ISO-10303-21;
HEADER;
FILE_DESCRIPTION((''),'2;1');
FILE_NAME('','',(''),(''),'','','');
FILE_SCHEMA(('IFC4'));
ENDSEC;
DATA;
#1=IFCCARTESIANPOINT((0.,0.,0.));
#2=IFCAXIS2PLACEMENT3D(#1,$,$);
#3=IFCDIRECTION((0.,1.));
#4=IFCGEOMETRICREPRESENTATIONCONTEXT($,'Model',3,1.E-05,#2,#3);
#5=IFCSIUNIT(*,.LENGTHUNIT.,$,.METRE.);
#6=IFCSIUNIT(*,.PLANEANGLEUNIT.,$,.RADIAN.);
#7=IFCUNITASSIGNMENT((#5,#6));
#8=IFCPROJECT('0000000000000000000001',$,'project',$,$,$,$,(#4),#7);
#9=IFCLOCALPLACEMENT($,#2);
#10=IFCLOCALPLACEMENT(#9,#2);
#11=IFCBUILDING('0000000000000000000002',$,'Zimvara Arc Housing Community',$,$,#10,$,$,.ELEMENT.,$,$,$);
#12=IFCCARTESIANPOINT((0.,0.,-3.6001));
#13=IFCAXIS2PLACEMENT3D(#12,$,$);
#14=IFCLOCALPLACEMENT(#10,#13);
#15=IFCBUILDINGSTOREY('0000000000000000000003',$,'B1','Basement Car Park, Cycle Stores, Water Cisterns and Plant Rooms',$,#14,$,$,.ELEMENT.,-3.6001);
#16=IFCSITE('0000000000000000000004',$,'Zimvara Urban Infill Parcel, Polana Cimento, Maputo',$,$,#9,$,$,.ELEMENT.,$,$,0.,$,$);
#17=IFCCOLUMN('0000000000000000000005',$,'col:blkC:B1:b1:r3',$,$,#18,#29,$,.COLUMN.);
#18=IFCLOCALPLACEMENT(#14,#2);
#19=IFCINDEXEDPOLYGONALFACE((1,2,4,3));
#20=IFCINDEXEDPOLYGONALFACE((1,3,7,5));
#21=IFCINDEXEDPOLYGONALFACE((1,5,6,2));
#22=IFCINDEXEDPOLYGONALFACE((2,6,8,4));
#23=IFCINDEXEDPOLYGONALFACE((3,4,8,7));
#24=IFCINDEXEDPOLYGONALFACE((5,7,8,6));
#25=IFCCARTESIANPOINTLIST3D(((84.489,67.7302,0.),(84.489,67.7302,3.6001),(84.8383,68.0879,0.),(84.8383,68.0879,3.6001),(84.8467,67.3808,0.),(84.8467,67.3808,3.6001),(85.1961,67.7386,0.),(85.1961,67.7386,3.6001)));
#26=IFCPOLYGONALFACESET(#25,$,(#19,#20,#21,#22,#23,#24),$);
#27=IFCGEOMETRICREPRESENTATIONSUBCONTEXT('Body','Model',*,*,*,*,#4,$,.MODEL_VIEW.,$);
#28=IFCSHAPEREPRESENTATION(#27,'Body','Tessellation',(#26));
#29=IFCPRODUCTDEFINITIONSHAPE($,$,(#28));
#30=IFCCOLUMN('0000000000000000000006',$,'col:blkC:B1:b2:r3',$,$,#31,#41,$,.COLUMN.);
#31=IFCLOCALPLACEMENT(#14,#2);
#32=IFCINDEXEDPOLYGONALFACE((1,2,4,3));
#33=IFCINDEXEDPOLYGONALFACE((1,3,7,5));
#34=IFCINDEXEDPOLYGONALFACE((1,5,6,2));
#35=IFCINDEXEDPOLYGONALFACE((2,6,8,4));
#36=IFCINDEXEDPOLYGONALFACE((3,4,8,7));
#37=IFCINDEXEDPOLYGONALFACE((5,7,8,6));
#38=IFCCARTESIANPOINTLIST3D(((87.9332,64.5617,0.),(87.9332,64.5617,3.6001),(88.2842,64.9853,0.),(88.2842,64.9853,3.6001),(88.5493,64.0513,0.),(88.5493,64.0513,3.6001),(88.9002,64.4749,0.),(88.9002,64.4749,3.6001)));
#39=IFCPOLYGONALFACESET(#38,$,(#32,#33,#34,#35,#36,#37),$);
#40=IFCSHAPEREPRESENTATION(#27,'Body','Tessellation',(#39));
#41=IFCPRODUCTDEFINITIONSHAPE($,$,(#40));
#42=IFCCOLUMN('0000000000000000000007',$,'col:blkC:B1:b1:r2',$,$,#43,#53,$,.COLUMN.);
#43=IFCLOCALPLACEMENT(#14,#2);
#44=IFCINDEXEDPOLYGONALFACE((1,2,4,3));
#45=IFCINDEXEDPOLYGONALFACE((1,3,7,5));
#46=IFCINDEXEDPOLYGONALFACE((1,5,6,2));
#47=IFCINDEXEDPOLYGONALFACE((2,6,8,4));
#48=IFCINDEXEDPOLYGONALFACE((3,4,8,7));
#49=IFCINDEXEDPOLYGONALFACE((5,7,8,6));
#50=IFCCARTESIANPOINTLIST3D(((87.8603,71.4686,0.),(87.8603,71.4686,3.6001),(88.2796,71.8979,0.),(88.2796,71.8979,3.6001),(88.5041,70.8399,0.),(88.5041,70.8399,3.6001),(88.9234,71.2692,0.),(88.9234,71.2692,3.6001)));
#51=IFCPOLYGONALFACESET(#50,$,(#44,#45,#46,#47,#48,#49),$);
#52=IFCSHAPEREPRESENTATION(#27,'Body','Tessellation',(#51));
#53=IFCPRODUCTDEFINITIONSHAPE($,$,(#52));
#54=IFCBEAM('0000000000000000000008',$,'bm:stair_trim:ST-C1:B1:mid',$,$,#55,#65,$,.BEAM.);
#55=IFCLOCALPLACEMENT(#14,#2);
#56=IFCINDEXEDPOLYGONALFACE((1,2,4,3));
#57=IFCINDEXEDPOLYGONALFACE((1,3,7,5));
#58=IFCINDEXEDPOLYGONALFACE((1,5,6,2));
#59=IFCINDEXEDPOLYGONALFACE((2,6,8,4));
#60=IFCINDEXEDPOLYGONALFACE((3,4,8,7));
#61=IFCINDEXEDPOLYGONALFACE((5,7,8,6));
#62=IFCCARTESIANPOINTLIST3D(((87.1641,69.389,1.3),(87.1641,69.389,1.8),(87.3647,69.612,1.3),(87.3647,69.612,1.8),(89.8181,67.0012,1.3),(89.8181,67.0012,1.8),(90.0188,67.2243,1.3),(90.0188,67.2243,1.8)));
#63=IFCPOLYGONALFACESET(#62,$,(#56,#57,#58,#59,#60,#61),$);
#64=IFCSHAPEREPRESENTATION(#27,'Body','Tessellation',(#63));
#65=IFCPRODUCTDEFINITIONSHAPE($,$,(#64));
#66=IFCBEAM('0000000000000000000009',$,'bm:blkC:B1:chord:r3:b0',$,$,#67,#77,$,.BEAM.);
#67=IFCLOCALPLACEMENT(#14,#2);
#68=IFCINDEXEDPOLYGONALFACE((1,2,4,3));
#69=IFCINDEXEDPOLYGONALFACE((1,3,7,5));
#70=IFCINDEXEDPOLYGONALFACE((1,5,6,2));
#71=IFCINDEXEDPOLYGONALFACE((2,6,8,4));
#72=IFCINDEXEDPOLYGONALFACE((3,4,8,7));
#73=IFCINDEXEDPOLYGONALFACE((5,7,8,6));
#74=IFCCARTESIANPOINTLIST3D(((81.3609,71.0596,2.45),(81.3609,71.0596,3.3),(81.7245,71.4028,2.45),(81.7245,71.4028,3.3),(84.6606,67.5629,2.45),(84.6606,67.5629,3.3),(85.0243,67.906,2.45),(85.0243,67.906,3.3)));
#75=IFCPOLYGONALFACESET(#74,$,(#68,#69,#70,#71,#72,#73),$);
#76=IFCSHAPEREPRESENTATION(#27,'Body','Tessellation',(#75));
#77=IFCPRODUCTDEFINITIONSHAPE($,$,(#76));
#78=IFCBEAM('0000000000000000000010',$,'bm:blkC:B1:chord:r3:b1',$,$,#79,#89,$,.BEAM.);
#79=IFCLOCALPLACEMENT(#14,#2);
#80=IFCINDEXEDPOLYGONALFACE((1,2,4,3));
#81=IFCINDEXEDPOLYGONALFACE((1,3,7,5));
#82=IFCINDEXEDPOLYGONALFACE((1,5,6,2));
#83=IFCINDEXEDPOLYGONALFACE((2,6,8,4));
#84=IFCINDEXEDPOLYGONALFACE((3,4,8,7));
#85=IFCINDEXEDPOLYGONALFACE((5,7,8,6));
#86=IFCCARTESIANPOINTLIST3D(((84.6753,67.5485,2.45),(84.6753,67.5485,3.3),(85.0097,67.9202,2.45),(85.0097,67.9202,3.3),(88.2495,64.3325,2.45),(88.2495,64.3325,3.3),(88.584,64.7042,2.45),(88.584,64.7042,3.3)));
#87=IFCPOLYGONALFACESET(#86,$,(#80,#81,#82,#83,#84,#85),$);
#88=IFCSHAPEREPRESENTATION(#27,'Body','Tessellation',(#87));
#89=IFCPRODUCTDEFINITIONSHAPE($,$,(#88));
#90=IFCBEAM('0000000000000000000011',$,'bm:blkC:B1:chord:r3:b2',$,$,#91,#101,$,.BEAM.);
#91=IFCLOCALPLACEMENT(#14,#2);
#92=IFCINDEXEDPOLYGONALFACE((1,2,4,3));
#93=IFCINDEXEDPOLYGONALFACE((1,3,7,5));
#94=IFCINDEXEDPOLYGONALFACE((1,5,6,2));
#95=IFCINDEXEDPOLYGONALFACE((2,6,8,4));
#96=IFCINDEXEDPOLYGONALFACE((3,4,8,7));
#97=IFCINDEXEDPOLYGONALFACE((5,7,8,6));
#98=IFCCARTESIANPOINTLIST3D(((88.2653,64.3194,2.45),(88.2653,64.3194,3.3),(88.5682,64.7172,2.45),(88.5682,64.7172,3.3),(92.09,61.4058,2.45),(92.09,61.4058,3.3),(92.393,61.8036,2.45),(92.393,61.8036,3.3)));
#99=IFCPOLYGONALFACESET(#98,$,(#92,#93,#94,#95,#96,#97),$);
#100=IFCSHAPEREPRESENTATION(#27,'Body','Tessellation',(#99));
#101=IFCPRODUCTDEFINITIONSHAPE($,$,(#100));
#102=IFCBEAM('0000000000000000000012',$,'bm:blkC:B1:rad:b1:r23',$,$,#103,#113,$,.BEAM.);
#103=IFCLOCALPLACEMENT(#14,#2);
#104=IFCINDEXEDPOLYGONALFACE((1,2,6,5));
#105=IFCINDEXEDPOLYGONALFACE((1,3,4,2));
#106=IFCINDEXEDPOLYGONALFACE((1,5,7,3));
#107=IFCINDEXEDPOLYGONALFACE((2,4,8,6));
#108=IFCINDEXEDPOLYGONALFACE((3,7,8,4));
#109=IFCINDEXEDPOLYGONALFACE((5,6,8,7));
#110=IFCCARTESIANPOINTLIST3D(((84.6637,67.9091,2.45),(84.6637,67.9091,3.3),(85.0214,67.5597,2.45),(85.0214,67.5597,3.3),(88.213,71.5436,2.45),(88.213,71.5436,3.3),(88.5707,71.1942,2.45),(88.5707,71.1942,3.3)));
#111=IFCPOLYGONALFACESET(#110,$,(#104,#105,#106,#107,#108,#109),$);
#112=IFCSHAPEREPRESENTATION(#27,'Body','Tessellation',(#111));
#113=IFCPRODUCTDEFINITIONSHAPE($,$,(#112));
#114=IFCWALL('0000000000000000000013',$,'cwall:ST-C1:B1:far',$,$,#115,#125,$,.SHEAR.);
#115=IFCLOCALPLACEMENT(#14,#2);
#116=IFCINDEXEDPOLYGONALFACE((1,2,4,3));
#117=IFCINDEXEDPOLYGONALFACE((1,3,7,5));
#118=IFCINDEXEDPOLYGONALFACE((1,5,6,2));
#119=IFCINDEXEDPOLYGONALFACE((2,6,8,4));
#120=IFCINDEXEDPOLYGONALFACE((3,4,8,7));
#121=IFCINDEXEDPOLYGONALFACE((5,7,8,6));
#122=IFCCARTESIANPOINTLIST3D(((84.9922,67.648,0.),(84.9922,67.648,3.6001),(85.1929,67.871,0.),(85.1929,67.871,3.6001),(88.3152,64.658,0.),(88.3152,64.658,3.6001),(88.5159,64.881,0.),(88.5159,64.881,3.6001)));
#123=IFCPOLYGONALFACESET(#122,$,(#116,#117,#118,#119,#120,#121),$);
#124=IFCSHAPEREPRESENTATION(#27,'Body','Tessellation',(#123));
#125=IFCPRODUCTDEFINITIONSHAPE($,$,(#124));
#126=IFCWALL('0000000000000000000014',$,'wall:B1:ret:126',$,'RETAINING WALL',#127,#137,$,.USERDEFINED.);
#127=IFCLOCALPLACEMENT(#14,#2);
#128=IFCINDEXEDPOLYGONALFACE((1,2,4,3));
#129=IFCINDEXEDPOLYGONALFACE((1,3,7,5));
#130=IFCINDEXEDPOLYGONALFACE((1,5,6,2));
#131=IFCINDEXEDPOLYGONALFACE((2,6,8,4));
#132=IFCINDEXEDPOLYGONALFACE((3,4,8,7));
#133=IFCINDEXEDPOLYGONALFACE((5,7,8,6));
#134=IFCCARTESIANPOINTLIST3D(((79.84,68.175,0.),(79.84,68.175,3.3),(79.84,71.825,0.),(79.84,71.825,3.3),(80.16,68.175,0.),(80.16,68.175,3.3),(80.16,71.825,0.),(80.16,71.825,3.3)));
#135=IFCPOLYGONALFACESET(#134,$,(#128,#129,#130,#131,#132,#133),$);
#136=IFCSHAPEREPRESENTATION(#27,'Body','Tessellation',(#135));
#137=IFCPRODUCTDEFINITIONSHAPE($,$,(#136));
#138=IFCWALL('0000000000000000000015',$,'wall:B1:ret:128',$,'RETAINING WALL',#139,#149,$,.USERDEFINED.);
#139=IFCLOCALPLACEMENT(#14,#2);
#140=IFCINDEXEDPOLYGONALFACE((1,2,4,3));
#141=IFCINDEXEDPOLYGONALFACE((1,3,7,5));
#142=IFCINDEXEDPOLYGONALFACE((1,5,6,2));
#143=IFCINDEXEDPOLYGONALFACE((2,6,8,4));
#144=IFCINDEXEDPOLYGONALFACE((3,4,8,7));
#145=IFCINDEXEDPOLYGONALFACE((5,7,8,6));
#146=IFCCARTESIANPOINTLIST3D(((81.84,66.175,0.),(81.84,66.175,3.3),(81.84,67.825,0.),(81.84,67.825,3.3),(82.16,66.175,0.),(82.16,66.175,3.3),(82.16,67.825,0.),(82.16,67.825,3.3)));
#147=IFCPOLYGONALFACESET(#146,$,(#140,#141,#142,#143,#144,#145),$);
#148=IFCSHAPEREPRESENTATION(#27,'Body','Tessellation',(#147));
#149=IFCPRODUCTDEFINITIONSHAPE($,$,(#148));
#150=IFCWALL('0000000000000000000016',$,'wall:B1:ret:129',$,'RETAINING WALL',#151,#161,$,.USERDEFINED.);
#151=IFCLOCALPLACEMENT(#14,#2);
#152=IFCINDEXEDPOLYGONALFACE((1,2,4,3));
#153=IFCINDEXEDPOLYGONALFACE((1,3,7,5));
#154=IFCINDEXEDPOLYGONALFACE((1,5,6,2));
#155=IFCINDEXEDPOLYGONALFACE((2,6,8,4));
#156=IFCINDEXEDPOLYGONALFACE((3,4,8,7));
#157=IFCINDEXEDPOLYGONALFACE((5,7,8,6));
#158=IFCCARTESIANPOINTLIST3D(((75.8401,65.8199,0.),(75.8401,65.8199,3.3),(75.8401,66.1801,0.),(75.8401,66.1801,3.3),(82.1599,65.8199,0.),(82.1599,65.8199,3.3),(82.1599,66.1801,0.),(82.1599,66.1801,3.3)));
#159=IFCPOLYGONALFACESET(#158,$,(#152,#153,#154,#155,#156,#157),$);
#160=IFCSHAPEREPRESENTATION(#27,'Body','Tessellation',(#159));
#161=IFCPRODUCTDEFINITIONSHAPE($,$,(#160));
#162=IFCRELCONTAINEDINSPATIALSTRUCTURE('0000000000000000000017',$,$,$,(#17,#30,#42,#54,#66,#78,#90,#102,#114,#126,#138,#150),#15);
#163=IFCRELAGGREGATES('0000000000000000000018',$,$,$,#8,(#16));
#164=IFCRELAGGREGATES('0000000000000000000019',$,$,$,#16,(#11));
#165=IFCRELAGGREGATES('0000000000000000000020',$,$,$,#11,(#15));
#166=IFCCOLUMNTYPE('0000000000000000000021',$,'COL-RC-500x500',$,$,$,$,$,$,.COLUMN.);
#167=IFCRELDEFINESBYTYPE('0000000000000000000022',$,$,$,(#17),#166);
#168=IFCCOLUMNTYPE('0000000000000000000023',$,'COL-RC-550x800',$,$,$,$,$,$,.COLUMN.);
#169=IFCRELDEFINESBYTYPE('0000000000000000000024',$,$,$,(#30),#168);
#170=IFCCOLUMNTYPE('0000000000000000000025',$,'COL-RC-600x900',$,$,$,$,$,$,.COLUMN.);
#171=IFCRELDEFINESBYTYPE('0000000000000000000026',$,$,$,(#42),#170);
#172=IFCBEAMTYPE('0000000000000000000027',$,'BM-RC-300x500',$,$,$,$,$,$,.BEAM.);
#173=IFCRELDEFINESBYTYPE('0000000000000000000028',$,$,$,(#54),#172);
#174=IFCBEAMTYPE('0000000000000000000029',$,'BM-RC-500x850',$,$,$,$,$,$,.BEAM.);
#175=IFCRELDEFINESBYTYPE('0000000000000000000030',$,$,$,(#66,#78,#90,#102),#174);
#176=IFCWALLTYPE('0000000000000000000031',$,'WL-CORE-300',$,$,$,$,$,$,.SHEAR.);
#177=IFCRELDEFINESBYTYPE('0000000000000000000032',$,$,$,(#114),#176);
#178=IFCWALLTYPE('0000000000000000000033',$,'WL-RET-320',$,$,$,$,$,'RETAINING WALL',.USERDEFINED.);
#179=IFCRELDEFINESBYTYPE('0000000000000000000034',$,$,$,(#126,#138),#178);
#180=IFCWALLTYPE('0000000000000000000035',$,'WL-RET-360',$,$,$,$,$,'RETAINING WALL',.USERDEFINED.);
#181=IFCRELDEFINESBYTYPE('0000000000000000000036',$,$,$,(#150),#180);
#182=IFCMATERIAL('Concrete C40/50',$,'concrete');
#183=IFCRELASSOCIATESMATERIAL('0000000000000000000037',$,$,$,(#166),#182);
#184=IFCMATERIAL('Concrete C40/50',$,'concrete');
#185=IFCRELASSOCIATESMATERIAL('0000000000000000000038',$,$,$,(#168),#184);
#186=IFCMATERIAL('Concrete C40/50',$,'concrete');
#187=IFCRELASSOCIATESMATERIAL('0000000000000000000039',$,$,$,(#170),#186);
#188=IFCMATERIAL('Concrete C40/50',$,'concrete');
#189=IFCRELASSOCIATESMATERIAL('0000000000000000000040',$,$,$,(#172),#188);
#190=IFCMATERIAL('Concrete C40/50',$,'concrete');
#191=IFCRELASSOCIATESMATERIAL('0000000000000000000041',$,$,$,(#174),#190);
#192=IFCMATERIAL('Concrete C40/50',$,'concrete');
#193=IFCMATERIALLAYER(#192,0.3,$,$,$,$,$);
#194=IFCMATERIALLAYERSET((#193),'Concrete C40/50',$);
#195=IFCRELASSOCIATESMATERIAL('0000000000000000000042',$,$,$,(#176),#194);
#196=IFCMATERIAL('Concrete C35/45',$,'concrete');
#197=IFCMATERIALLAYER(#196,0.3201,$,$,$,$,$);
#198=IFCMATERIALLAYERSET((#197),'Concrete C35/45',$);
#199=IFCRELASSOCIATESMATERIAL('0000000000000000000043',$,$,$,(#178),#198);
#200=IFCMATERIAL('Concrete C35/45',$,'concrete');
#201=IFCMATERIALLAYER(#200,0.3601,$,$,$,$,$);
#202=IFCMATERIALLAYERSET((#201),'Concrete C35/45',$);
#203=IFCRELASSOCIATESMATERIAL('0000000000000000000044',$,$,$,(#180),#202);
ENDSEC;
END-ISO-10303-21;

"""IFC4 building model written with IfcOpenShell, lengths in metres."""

from ifc_helpers import new_model, si_unit, direction, frame, frame_2d, origin, origin_2d, place, context, subcontext, project, spatial, rectangle, extrude, material, layer, layer_set, material_profile, profile_set, type_object, element, save


model = new_model("IFC4")

# Units and contexts
model_context = context("Model", 3, precision=1e-05, world=origin(), true_north=direction((0.0, 1.0)))
body_context = subcontext(model_context, "Body", "Model", "MODEL_VIEW")
ifc_project = project(units=[si_unit("LENGTHUNIT", "METRE"), si_unit("PLANEANGLEUNIT", "RADIAN")], contexts=[model_context])

# Site, building, storey
site_placement = place(None, origin())
site = spatial("IfcSite", under=ifc_project, at=site_placement, Name="Zimvara Urban Infill Parcel, Polana Cimento, Maputo", CompositionType="ELEMENT", RefElevation=0.0)
building_placement = place(site_placement, origin())
building = spatial("IfcBuilding", under=site, at=building_placement, Name="Zimvara Arc Housing Community", CompositionType="ELEMENT")
storey_placement = place(building_placement, frame((0.0, 0.0, -3.6001)))
storey = spatial("IfcBuildingStorey", under=building, at=storey_placement, Name="B1", Description="Basement Car Park, Cycle Stores, Water Cisterns and Plant Rooms", CompositionType="ELEMENT", Elevation=-3.6001)

# Columns
ifc_material_1 = material(Name="Concrete C40/50", Category="concrete")
ifc_material_profile_1 = material_profile(ifc_material_1, rectangle(XDim=0.5, YDim=0.5, at=origin_2d()), Name="RC 500x500")
ifc_profile_set_1 = profile_set([ifc_material_profile_1], Name="Concrete C40/50")
column_type_1 = type_object("IfcColumnType", Name="COL-RC-500x500", PredefinedType="COLUMN", material=ifc_profile_set_1)
column_1_placement = place(storey_placement, frame((84.8425, 67.7344, 0.0), z_axis=(0.0, 0.0, 1.0), x_axis=(-0.698665, -0.715449, 0.0)))
element("IfcColumn", 1, at=column_1_placement, inside=storey, type_object=column_type_1, Name="col:blkC:B1:b1:r3", PredefinedType="COLUMN", context=body_context, shape_type="SweptSolid", body=[
    extrude(rectangle(XDim=0.5, YDim=0.5, at=origin_2d()), origin(), (0.0, 0.0, 1.0), 3.6001),
])
ifc_material_2 = material(Name="Concrete C40/50", Category="concrete")
ifc_material_profile_2 = material_profile(ifc_material_2, rectangle(XDim=0.55, YDim=0.8, at=origin_2d()), Name="RC 550x800")
ifc_profile_set_2 = profile_set([ifc_material_profile_2], Name="Concrete C40/50")
column_type_2 = type_object("IfcColumnType", Name="COL-RC-550x800", PredefinedType="COLUMN", material=ifc_profile_set_2)
column_2_placement = place(storey_placement, frame((88.4167, 64.5183, 0.0), z_axis=(0.0, 0.0, 1.0), x_axis=(-0.637962, -0.770068, 0.0)))
element("IfcColumn", 2, at=column_2_placement, inside=storey, type_object=column_type_2, Name="col:blkC:B1:b2:r3", PredefinedType="COLUMN", context=body_context, shape_type="SweptSolid", body=[
    extrude(rectangle(XDim=0.55, YDim=0.8, at=origin_2d()), origin(), (0.0, 0.0, 1.0), 3.6001),
])
ifc_material_3 = material(Name="Concrete C40/50", Category="concrete")
ifc_material_profile_3 = material_profile(ifc_material_3, rectangle(XDim=0.6001, YDim=0.8999, at=origin_2d()), Name="RC 600x900")
ifc_profile_set_3 = profile_set([ifc_material_profile_3], Name="Concrete C40/50")
column_type_3 = type_object("IfcColumnType", Name="COL-RC-600x900", PredefinedType="COLUMN", material=ifc_profile_set_3)
column_3_placement = place(storey_placement, frame((88.3918, 71.3689, 0.0), z_axis=(0.0, 0.0, 1.0), x_axis=(-0.698665, -0.715449, 0.0)))
element("IfcColumn", 3, at=column_3_placement, inside=storey, type_object=column_type_3, Name="col:blkC:B1:b1:r2", PredefinedType="COLUMN", context=body_context, shape_type="SweptSolid", body=[
    extrude(rectangle(XDim=0.6001, YDim=0.8999, at=origin_2d()), origin(), (0.0, 0.0, 1.0), 3.6001),
])

# Beams
ifc_material_4 = material(Name="Concrete C40/50", Category="concrete")
ifc_material_profile_4 = material_profile(ifc_material_4, rectangle(XDim=0.3, YDim=0.5, at=origin_2d()), Name="RC 300x500")
ifc_profile_set_4 = profile_set([ifc_material_profile_4], Name="Concrete C40/50")
beam_type_1 = type_object("IfcBeamType", Name="BM-RC-300x500", PredefinedType="BEAM", material=ifc_profile_set_4)
beam_1_placement = place(storey_placement, frame((87.2644, 69.5005, 1.55), z_axis=(0.743427, -0.668817, 0.0), x_axis=(0.668817, 0.743427, 0.0)))
element("IfcBeam", 4, at=beam_1_placement, inside=storey, type_object=beam_type_1, Name="bm:stair_trim:ST-C1:B1:mid", PredefinedType="BEAM", context=body_context, shape_type="SweptSolid", body=[
    extrude(rectangle(XDim=0.3, YDim=0.5, at=origin_2d()), origin(), (0.0, 0.0, 1.0), 3.5701),
])
ifc_material_5 = material(Name="Concrete C40/50", Category="concrete")
ifc_material_profile_5 = material_profile(ifc_material_5, rectangle(XDim=0.5, YDim=0.8501, at=origin_2d()), Name="RC 500x850")
ifc_profile_set_5 = profile_set([ifc_material_profile_5], Name="Concrete C40/50")
beam_type_2 = type_object("IfcBeamType", Name="BM-RC-500x850", PredefinedType="BEAM", material=ifc_profile_set_5)
beam_2_placement = place(storey_placement, frame((81.5427, 71.2312, 2.875), z_axis=(0.686321, -0.727299, 0.0), x_axis=(0.727299, 0.686321, 0.0)))
element("IfcBeam", 5, at=beam_2_placement, inside=storey, type_object=beam_type_2, Name="bm:blkC:B1:chord:r3:b0", PredefinedType="BEAM", context=body_context, shape_type="SweptSolid", body=[
    extrude(rectangle(XDim=0.5, YDim=0.8501, at=origin_2d()), origin(), (0.0, 0.0, 1.0), 4.8079),
])
for number, where, z_axis, x_axis, name in (
    (6, (84.8425, 67.7344, 2.875), (0.74337, -0.668881, 0.0), (0.668881, 0.74337, 0.0), "bm:blkC:B1:chord:r3:b1"),
    (7, (88.4167, 64.5183, 2.875), (0.795481, -0.605979, 0.0), (0.605979, 0.795481, 0.0), "bm:blkC:B1:chord:r3:b2"),
):
    element("IfcBeam", number, at=place(storey_placement, frame(where, z_axis=z_axis, x_axis=x_axis)), inside=storey, type_object=beam_type_2, Name=name, PredefinedType="BEAM", context=body_context, shape_type="SweptSolid", body=[
        extrude(rectangle(XDim=0.5, YDim=0.8501, at=origin_2d()), origin(), (0.0, 0.0, 1.0), 4.8081),
    ])
beam_3_placement = place(storey_placement, frame((88.3918, 71.3689, 2.875), z_axis=(-0.698671, -0.715443, 0.0), x_axis=(0.715443, -0.698671, 0.0)))
element("IfcBeam", 8, at=beam_3_placement, inside=storey, type_object=beam_type_2, Name="bm:blkC:B1:rad:b1:r23", PredefinedType="BEAM", context=body_context, shape_type="SweptSolid", body=[
    extrude(rectangle(XDim=0.5, YDim=0.8501, at=origin_2d()), origin(), (0.0, 0.0, 1.0), 5.0801),
])

# Walls
ifc_material_6 = material(Name="Concrete C40/50", Category="concrete")
ifc_layer_1 = layer(ifc_material_6, 0.3)
ifc_layer_set_1 = layer_set([ifc_layer_1], Name="Concrete C40/50")
wall_type_1 = type_object("IfcWallType", Name="WL-CORE-300", PredefinedType="SHEAR", material=ifc_layer_set_1)
wall_1_placement = place(storey_placement, frame((85.0925, 67.7595, 0.0), z_axis=(0.0, 0.0, 1.0), x_axis=(0.743373, -0.668877, 0.0)))
element("IfcWall", 9, at=wall_1_placement, inside=storey, type_object=wall_type_1, Name="cwall:ST-C1:B1:far", PredefinedType="SHEAR", context=body_context, shape_type="SweptSolid", body=[
    extrude(rectangle(XDim=4.4702, YDim=0.3, at=frame_2d((2.2351, 0.0))), origin(), (0.0, 0.0, 1.0), 3.6001),
])
ifc_material_7 = material(Name="Concrete C35/45", Category="concrete")
ifc_layer_2 = layer(ifc_material_7, 0.3201)
ifc_layer_set_2 = layer_set([ifc_layer_2], Name="Concrete C35/45")
wall_type_2 = type_object("IfcWallType", Name="WL-RET-320", ElementType="RETAINING WALL", PredefinedType="USERDEFINED", material=ifc_layer_set_2)
wall_2_placement = place(storey_placement, frame((80.0, 71.825, 0.0), z_axis=(0.0, 0.0, 1.0), x_axis=(0.0, -1.0, 0.0)))
element("IfcWall", 10, at=wall_2_placement, inside=storey, type_object=wall_type_2, Name="wall:B1:ret:126", ObjectType="RETAINING WALL", PredefinedType="USERDEFINED", context=body_context, shape_type="SweptSolid", body=[
    extrude(rectangle(XDim=3.6499, YDim=0.3201, at=frame_2d((1.825, 0.0))), origin(), (0.0, 0.0, 1.0), 3.3),
])
wall_3_placement = place(storey_placement, frame((82.0, 67.825, 0.0), z_axis=(0.0, 0.0, 1.0), x_axis=(0.0, -1.0, 0.0)))
element("IfcWall", 11, at=wall_3_placement, inside=storey, type_object=wall_type_2, Name="wall:B1:ret:128", ObjectType="RETAINING WALL", PredefinedType="USERDEFINED", context=body_context, shape_type="SweptSolid", body=[
    extrude(rectangle(XDim=1.6499, YDim=0.3201, at=frame_2d((0.825, 0.0))), origin(), (0.0, 0.0, 1.0), 3.3),
])
ifc_material_8 = material(Name="Concrete C35/45", Category="concrete")
ifc_layer_3 = layer(ifc_material_8, 0.3601)
ifc_layer_set_3 = layer_set([ifc_layer_3], Name="Concrete C35/45")
wall_type_3 = type_object("IfcWallType", Name="WL-RET-360", ElementType="RETAINING WALL", PredefinedType="USERDEFINED", material=ifc_layer_set_3)
wall_4_placement = place(storey_placement, frame((82.1599, 66.0, 0.0), z_axis=(0.0, 0.0, 1.0), x_axis=(-1.0, 0.0, 0.0)))
element("IfcWall", 12, at=wall_4_placement, inside=storey, type_object=wall_type_3, Name="wall:B1:ret:129", ObjectType="RETAINING WALL", PredefinedType="USERDEFINED", context=body_context, shape_type="SweptSolid", body=[
    extrude(rectangle(XDim=6.3198, YDim=0.3601, at=frame_2d((3.1599, 0.0))), origin(), (0.0, 0.0, 1.0), 3.3),
])

save(model, "model.ifc")
